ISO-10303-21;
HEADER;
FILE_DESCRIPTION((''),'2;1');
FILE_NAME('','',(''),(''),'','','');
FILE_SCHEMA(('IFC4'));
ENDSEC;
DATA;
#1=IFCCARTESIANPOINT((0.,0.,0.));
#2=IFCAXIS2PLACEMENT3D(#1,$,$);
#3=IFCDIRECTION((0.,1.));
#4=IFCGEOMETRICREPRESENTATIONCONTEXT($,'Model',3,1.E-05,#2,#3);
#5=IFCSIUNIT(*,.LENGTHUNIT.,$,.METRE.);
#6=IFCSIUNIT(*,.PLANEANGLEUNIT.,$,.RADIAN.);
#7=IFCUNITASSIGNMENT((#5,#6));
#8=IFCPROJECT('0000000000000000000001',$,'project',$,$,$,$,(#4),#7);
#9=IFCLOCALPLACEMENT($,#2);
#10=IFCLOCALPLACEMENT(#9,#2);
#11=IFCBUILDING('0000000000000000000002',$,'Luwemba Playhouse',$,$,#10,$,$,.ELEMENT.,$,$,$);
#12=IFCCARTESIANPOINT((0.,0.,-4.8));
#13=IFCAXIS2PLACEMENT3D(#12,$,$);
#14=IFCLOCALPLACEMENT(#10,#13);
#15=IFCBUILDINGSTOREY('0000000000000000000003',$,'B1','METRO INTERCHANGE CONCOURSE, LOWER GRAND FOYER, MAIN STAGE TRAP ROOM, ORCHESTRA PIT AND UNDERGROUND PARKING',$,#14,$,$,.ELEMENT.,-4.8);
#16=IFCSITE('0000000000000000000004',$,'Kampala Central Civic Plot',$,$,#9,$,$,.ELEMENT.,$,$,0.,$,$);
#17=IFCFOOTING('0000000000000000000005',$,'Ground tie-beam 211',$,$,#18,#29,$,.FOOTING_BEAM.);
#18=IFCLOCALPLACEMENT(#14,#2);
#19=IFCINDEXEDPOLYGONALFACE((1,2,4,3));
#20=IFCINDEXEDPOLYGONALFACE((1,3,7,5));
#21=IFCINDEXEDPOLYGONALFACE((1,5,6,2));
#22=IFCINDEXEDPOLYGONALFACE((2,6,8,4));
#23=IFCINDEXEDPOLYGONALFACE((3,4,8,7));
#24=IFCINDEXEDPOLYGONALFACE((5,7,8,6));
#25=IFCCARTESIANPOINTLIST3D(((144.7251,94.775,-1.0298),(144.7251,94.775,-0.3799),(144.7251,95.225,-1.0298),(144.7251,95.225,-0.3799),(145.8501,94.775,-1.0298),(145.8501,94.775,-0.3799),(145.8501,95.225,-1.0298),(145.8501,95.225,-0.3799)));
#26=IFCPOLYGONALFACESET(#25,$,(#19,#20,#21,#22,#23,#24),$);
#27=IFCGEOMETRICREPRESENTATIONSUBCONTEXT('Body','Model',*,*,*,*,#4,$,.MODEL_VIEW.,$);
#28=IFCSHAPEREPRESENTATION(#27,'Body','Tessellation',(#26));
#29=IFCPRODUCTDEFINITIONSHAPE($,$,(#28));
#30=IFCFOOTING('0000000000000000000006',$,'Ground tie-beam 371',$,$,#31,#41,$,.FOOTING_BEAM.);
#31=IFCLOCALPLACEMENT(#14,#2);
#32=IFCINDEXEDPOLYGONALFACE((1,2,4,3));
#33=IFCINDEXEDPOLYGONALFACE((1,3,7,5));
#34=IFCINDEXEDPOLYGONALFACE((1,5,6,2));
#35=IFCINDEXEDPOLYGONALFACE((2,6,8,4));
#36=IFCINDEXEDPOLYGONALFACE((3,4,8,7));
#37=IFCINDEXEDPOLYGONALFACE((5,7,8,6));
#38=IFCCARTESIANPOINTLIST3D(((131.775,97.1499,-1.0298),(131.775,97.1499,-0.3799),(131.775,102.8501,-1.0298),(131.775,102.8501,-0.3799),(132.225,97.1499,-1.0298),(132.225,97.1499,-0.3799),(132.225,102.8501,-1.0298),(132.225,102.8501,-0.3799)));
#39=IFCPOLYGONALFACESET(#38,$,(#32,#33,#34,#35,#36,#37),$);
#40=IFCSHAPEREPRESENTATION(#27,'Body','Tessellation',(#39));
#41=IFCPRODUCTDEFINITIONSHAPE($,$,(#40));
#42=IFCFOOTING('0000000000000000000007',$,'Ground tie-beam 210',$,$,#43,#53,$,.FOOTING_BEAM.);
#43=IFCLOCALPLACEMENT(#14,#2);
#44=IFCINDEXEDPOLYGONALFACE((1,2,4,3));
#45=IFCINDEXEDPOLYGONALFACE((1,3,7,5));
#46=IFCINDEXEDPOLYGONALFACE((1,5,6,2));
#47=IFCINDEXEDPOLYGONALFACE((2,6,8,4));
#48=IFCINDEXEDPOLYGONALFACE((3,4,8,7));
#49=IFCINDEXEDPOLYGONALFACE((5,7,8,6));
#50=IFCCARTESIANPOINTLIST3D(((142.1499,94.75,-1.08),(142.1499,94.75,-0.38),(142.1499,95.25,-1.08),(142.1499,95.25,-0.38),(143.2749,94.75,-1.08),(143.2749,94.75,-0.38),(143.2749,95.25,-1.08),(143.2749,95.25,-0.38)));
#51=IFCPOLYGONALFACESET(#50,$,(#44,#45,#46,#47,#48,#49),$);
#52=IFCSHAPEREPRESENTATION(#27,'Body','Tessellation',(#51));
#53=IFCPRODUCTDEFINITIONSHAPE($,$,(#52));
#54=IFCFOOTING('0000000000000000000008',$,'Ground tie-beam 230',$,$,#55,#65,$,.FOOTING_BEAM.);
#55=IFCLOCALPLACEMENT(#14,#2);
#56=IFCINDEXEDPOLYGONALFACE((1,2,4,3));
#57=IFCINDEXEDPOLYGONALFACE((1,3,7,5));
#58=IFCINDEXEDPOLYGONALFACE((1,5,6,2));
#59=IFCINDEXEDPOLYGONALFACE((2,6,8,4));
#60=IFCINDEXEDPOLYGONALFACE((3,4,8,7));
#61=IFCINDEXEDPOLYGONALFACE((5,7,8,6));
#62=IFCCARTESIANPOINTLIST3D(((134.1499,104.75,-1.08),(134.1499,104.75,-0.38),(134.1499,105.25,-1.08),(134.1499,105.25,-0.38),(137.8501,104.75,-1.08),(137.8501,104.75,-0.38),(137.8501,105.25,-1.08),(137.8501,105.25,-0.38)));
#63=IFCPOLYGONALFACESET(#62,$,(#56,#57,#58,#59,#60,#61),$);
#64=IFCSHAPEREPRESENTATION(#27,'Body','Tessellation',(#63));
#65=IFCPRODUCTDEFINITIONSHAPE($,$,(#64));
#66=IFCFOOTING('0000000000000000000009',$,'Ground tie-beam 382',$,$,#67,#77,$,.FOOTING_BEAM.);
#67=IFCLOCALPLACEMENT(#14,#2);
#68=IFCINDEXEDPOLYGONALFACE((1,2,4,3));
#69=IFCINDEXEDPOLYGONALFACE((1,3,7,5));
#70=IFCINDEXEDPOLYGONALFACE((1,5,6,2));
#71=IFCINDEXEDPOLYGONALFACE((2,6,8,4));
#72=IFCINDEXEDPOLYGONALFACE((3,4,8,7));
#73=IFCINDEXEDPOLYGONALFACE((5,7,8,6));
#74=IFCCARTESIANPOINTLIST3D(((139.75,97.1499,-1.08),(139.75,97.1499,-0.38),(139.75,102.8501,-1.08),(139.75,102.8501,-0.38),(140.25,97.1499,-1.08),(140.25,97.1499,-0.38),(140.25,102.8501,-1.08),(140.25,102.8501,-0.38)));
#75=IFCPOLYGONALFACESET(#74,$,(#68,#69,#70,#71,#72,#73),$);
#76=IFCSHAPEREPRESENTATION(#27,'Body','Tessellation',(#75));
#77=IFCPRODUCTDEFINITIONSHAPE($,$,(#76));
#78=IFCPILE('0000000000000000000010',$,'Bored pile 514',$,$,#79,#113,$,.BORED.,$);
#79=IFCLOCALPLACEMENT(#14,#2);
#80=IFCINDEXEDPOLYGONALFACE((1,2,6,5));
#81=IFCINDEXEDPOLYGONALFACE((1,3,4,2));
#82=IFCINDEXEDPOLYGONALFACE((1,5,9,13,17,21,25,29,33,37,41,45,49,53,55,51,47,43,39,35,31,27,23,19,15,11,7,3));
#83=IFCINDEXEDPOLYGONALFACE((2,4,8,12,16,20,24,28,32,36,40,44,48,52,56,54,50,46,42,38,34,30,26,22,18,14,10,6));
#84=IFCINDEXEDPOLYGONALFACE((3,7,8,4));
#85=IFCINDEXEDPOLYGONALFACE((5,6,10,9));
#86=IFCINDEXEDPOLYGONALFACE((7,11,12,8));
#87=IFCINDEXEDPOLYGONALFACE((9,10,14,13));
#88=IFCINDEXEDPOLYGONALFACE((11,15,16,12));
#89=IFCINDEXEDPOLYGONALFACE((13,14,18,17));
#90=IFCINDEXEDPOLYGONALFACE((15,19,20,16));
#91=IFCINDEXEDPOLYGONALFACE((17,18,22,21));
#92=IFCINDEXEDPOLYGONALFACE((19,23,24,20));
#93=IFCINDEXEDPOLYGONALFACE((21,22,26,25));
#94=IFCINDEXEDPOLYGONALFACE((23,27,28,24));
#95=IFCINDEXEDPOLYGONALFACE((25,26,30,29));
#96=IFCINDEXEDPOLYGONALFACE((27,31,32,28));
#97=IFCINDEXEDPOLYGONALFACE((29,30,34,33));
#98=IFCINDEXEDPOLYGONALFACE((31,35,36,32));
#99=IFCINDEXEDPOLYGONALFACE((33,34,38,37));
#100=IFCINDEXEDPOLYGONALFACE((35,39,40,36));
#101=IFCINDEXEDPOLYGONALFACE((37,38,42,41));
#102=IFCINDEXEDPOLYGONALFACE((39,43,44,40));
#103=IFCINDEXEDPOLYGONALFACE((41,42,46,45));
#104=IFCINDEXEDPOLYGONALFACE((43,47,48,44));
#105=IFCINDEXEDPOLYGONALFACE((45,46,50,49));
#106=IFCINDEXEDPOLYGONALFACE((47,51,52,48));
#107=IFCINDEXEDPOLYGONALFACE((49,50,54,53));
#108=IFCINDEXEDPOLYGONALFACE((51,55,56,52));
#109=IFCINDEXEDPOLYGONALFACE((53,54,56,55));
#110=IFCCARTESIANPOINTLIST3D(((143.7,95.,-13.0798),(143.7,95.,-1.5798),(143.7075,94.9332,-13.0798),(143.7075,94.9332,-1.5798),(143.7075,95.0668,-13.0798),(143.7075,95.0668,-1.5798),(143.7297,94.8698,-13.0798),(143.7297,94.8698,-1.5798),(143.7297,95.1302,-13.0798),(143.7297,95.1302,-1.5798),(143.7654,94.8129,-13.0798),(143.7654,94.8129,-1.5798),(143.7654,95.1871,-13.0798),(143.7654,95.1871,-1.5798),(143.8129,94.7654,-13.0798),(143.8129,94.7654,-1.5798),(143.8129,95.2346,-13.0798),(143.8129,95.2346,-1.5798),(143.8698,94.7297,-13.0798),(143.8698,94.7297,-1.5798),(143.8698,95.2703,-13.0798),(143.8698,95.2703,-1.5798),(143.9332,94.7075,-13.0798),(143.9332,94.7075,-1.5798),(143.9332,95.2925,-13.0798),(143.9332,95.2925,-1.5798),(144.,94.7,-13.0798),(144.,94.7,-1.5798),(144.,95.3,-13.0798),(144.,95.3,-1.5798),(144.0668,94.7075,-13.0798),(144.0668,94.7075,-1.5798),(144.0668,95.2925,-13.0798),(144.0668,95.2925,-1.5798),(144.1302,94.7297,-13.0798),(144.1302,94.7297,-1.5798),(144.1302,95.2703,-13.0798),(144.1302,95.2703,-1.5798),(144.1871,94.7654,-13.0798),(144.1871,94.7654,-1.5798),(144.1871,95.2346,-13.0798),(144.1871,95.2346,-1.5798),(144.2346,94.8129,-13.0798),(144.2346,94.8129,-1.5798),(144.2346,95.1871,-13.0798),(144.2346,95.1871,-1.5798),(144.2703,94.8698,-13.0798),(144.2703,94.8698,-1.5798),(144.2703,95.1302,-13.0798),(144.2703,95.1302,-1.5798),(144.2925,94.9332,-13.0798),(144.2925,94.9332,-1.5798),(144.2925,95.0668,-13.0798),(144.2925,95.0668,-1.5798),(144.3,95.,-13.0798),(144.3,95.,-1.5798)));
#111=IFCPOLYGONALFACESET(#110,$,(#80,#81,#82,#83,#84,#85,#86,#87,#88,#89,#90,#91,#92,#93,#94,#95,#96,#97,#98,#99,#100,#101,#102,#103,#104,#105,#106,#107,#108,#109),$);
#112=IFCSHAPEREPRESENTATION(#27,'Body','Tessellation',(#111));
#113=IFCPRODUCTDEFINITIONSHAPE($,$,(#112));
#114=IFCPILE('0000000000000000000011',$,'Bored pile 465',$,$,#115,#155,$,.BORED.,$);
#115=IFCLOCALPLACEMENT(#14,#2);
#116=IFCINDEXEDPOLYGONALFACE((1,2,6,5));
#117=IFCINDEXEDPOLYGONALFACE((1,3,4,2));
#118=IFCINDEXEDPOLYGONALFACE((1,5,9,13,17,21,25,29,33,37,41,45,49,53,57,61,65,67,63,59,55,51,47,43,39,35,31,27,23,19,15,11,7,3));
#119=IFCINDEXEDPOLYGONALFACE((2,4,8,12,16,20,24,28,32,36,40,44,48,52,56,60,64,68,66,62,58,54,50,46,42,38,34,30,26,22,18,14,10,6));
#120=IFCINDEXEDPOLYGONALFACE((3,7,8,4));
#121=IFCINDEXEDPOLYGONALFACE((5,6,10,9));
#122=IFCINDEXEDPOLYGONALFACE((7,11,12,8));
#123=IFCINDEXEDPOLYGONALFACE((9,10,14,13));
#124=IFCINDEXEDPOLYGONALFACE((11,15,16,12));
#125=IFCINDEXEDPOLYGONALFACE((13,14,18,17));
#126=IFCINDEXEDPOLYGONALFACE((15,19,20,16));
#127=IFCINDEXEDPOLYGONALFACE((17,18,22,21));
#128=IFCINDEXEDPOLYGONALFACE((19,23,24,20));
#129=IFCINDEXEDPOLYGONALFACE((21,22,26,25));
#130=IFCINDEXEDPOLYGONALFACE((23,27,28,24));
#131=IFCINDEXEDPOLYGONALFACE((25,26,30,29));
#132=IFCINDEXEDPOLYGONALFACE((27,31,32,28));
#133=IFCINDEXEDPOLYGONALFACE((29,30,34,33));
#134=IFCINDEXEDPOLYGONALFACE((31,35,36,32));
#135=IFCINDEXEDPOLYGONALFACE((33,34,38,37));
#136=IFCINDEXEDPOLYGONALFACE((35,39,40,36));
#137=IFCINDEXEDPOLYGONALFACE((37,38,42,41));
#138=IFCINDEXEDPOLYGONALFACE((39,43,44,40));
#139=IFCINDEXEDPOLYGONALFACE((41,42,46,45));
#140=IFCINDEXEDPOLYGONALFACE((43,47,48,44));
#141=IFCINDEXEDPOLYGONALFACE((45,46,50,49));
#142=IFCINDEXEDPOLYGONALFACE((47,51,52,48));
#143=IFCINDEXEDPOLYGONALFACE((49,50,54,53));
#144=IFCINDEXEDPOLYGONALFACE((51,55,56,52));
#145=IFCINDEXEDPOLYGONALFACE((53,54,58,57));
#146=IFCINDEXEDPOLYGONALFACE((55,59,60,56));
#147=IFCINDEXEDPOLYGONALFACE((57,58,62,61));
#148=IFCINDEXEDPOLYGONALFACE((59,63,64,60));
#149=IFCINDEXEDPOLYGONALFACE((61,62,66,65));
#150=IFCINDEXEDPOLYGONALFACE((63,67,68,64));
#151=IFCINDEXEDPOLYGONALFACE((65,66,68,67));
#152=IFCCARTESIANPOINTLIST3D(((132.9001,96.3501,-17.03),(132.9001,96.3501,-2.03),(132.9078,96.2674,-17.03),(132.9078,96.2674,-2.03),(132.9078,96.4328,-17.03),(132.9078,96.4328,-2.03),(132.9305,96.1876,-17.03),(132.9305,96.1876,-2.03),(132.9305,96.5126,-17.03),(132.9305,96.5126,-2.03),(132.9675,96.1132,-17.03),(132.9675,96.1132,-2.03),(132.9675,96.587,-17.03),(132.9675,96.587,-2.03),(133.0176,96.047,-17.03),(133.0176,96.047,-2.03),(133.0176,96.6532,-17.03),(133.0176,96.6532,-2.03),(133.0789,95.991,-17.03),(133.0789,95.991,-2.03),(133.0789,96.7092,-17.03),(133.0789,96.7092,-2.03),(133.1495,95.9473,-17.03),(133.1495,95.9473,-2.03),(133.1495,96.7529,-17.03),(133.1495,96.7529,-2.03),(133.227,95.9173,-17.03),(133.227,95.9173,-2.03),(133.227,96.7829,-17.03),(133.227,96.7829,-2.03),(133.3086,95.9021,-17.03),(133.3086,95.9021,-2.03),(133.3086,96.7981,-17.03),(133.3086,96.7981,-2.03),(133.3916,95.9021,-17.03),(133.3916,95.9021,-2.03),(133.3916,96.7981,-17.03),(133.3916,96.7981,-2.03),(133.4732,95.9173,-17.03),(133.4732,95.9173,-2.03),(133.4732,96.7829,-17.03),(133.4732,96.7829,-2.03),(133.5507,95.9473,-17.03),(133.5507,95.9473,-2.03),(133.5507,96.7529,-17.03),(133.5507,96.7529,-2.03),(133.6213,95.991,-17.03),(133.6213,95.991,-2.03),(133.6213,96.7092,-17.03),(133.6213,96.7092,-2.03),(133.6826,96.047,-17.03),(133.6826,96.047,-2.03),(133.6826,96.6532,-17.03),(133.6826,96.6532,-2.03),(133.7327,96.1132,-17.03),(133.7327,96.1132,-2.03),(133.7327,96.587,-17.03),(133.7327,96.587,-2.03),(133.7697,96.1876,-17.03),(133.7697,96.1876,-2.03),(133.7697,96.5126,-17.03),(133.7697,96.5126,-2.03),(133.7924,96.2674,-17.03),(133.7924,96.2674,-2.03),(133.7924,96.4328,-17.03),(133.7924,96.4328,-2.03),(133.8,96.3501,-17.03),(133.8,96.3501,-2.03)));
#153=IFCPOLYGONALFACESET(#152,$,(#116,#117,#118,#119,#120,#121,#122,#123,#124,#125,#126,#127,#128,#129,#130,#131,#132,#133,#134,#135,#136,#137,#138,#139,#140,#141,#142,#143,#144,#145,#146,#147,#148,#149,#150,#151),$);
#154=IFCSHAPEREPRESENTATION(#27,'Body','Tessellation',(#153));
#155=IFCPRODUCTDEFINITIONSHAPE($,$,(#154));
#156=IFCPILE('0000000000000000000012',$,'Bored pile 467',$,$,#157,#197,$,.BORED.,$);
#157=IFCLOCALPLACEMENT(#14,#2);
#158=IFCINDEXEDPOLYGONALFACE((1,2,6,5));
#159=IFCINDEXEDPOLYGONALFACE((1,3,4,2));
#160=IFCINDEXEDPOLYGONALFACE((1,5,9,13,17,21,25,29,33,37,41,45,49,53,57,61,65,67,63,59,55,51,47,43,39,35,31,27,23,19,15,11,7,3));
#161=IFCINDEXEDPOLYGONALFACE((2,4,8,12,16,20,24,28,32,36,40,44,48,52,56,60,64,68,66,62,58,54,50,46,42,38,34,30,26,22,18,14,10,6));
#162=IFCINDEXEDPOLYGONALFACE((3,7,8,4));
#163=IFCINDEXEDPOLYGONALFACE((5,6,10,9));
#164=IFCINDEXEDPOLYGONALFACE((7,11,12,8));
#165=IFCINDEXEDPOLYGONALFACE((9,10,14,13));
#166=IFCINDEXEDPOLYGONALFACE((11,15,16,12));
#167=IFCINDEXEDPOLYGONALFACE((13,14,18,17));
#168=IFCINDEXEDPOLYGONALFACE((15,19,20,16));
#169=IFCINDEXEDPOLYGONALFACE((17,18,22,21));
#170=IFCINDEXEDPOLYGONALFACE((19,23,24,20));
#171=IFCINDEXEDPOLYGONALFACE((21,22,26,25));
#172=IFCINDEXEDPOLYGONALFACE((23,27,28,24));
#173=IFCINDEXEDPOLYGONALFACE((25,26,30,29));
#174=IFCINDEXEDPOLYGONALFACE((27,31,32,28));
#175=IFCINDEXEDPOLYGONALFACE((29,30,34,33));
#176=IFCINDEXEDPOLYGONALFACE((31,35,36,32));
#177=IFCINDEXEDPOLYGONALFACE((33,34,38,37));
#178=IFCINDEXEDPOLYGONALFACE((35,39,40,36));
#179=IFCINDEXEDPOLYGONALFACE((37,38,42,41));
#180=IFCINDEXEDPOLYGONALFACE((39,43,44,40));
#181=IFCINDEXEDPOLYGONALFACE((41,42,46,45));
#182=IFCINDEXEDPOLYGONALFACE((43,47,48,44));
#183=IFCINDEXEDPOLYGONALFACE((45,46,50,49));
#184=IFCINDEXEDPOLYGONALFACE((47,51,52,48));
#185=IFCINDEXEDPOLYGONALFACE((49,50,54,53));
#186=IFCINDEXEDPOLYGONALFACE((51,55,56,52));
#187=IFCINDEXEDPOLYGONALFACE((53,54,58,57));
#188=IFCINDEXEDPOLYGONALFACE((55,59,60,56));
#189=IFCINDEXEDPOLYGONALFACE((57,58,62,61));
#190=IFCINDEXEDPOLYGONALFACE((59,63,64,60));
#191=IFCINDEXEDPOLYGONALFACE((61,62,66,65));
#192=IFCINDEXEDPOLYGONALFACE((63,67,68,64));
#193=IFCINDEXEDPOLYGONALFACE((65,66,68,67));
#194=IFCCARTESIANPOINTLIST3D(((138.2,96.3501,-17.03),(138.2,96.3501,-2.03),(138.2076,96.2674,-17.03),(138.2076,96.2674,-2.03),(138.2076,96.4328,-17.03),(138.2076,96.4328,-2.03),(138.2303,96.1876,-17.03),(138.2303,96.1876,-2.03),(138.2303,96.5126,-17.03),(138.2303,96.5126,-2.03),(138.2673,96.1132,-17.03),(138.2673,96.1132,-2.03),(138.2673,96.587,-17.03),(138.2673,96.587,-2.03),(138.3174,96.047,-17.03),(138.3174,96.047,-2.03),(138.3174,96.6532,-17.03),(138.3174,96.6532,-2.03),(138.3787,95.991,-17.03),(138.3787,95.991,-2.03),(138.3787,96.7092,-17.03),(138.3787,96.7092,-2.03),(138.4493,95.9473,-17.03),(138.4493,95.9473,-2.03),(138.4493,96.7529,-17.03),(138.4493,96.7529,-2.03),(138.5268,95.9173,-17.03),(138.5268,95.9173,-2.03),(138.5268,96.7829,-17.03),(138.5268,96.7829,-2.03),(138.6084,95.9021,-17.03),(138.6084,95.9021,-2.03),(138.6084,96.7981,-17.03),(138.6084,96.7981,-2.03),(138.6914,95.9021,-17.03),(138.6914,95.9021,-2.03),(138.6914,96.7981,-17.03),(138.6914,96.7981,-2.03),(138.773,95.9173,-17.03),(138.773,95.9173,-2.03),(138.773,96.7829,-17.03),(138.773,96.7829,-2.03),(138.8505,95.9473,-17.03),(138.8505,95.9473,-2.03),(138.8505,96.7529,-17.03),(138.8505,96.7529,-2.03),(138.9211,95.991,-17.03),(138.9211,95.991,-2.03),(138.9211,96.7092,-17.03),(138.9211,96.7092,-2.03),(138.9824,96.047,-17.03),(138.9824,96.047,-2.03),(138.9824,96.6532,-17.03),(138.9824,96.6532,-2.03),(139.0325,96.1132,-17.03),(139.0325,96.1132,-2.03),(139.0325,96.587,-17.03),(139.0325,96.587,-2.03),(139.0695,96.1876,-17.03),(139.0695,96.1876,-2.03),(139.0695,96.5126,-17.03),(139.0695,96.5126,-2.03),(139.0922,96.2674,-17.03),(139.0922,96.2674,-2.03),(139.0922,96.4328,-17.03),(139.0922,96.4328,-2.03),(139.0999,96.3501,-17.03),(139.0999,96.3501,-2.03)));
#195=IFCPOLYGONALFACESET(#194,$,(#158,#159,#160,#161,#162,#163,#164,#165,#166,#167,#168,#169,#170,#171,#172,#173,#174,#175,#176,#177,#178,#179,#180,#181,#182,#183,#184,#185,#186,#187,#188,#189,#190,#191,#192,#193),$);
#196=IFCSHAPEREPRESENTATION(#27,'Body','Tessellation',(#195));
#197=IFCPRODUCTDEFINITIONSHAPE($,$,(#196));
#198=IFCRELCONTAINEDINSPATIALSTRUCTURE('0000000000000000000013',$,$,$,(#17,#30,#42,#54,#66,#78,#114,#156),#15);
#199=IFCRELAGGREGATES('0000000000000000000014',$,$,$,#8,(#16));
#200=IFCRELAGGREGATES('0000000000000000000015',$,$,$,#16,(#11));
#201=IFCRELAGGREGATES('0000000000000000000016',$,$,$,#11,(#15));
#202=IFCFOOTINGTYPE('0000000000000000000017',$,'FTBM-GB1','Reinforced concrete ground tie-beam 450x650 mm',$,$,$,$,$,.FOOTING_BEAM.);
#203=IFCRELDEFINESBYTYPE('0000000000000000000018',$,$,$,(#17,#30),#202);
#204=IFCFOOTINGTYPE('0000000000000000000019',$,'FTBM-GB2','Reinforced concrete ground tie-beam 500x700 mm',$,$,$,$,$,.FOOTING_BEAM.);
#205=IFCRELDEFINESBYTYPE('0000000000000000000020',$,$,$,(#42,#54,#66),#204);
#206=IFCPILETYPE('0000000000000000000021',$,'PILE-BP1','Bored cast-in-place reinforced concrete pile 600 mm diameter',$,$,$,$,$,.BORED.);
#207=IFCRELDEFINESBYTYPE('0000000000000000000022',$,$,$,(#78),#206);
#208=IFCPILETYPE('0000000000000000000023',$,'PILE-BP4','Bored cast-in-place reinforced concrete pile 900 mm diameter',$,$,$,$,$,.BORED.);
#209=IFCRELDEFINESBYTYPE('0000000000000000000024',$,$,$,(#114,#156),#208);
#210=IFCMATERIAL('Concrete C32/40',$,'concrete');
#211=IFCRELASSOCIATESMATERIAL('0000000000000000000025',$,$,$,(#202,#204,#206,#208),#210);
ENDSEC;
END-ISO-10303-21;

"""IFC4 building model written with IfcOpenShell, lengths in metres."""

from ifc_helpers import new_model, si_unit, direction, frame, origin, origin_2d, place, context, subcontext, project, spatial, rectangle, circle, extrude, material, material_profile, profile_set, type_object, element, save


model = new_model("IFC4")

# Units and contexts
model_context = context("Model", 3, precision=1e-05, world=origin(), true_north=direction((0.0, 1.0)))
body_context = subcontext(model_context, "Body", "Model", "MODEL_VIEW")
ifc_project = project(units=[si_unit("LENGTHUNIT", "METRE"), si_unit("PLANEANGLEUNIT", "RADIAN")], contexts=[model_context])

# Site, building, storey
site_placement = place(None, origin())
site = spatial("IfcSite", under=ifc_project, at=site_placement, Name="Kampala Central Civic Plot", CompositionType="ELEMENT", RefElevation=0.0)
building_placement = place(site_placement, origin())
building = spatial("IfcBuilding", under=site, at=building_placement, Name="Luwemba Playhouse", CompositionType="ELEMENT")
storey_placement = place(building_placement, frame((0.0, 0.0, -4.8)))
storey = spatial("IfcBuildingStorey", under=building, at=storey_placement, Name="B1", Description="METRO INTERCHANGE CONCOURSE, LOWER GRAND FOYER, MAIN STAGE TRAP ROOM, ORCHESTRA PIT AND UNDERGROUND PARKING", CompositionType="ELEMENT", Elevation=-4.8)

# Footings
ifc_material_1 = material(Name="Concrete C32/40", Category="concrete")
ifc_material_profile_1 = material_profile(ifc_material_1, rectangle(XDim=0.45, YDim=0.6499, at=origin_2d()))
ifc_profile_set_1 = profile_set([ifc_material_profile_1], Name="Concrete C32/40")
footing_type_1 = type_object("IfcFootingType", Name="FTBM-GB1", Description="Reinforced concrete ground tie-beam 450x650 mm", PredefinedType="FOOTING_BEAM", material=ifc_profile_set_1)
footing_1_placement = place(storey_placement, frame((144.7251, 95.0, -0.7048), z_axis=(1.0, 0.0, 0.0), x_axis=(0.0, 1.0, 0.0)))
element("IfcFooting", 1, at=footing_1_placement, inside=storey, type_object=footing_type_1, Name="Ground tie-beam 211", PredefinedType="FOOTING_BEAM", context=body_context, shape_type="SweptSolid", body=[
    extrude(rectangle(XDim=0.45, YDim=0.6499, at=origin_2d()), origin(), (0.0, 0.0, 1.0), 1.125),
])
footing_2_placement = place(storey_placement, frame((132.0, 97.1499, -0.7048), z_axis=(0.0, 1.0, 0.0), x_axis=(-1.0, 0.0, 0.0)))
element("IfcFooting", 2, at=footing_2_placement, inside=storey, type_object=footing_type_1, Name="Ground tie-beam 371", PredefinedType="FOOTING_BEAM", context=body_context, shape_type="SweptSolid", body=[
    extrude(rectangle(XDim=0.45, YDim=0.6499, at=origin_2d()), origin(), (0.0, 0.0, 1.0), 5.7002),
])
ifc_material_profile_2 = material_profile(ifc_material_1, rectangle(XDim=0.5, YDim=0.7, at=origin_2d()))
ifc_profile_set_2 = profile_set([ifc_material_profile_2], Name="Concrete C32/40")
footing_type_2 = type_object("IfcFootingType", Name="FTBM-GB2", Description="Reinforced concrete ground tie-beam 500x700 mm", PredefinedType="FOOTING_BEAM", material=ifc_profile_set_2)
footing_3_placement = place(storey_placement, frame((142.1499, 95.0, -0.73), z_axis=(1.0, 0.0, 0.0), x_axis=(0.0, 1.0, 0.0)))
element("IfcFooting", 3, at=footing_3_placement, inside=storey, type_object=footing_type_2, Name="Ground tie-beam 210", PredefinedType="FOOTING_BEAM", context=body_context, shape_type="SweptSolid", body=[
    extrude(rectangle(XDim=0.5, YDim=0.7, at=origin_2d()), origin(), (0.0, 0.0, 1.0), 1.125),
])
footing_4_placement = place(storey_placement, frame((134.1499, 105.0, -0.73), z_axis=(1.0, 0.0, 0.0), x_axis=(0.0, 1.0, 0.0)))
element("IfcFooting", 4, at=footing_4_placement, inside=storey, type_object=footing_type_2, Name="Ground tie-beam 230", PredefinedType="FOOTING_BEAM", context=body_context, shape_type="SweptSolid", body=[
    extrude(rectangle(XDim=0.5, YDim=0.7, at=origin_2d()), origin(), (0.0, 0.0, 1.0), 3.7002),
])
footing_5_placement = place(storey_placement, frame((140.0, 97.1499, -0.73), z_axis=(0.0, 1.0, 0.0), x_axis=(-1.0, 0.0, 0.0)))
element("IfcFooting", 5, at=footing_5_placement, inside=storey, type_object=footing_type_2, Name="Ground tie-beam 382", PredefinedType="FOOTING_BEAM", context=body_context, shape_type="SweptSolid", body=[
    extrude(rectangle(XDim=0.5, YDim=0.7, at=origin_2d()), origin(), (0.0, 0.0, 1.0), 5.7002),
])

# Piles
ifc_material_profile_3 = material_profile(ifc_material_1, circle(Radius=0.3, at=origin_2d()))
ifc_profile_set_3 = profile_set([ifc_material_profile_3], Name="Concrete C32/40")
pile_type_1 = type_object("IfcPileType", Name="PILE-BP1", Description="Bored cast-in-place reinforced concrete pile 600 mm diameter", PredefinedType="BORED", material=ifc_profile_set_3)
pile_placement = place(storey_placement, frame((144.0, 95.0, -1.5798), z_axis=(0.0, 0.0, -1.0), x_axis=(1.0, 0.0, 0.0)))
element("IfcPile", 6, at=pile_placement, inside=storey, type_object=pile_type_1, Name="Bored pile 514", PredefinedType="BORED", context=body_context, shape_type="SweptSolid", body=[
    extrude(circle(Radius=0.3, at=origin_2d()), origin(), (0.0, 0.0, 1.0), 11.5),
])
ifc_material_profile_4 = material_profile(ifc_material_1, circle(Radius=0.45, at=origin_2d()))
ifc_profile_set_4 = profile_set([ifc_material_profile_4], Name="Concrete C32/40")
pile_type_2 = type_object("IfcPileType", Name="PILE-BP4", Description="Bored cast-in-place reinforced concrete pile 900 mm diameter", PredefinedType="BORED", material=ifc_profile_set_4)
for number, where, z_axis, x_axis, name in (
    (7, (133.3501, 96.3501, -2.03), (0.0, 0.0, -1.0), (1.0, 0.0, 0.0), "Bored pile 465"),
    (8, (138.6499, 96.3501, -2.03), (0.0, 0.0, -1.0), (1.0, 0.0, 0.0), "Bored pile 467"),
):
    element("IfcPile", number, at=place(storey_placement, frame(where, z_axis=z_axis, x_axis=x_axis)), inside=storey, type_object=pile_type_2, Name=name, PredefinedType="BORED", context=body_context, shape_type="SweptSolid", body=[
        extrude(circle(Radius=0.45, at=origin_2d()), origin(), (0.0, 0.0, 1.0), 15.0),
    ])

save(model, "model.ifc")
